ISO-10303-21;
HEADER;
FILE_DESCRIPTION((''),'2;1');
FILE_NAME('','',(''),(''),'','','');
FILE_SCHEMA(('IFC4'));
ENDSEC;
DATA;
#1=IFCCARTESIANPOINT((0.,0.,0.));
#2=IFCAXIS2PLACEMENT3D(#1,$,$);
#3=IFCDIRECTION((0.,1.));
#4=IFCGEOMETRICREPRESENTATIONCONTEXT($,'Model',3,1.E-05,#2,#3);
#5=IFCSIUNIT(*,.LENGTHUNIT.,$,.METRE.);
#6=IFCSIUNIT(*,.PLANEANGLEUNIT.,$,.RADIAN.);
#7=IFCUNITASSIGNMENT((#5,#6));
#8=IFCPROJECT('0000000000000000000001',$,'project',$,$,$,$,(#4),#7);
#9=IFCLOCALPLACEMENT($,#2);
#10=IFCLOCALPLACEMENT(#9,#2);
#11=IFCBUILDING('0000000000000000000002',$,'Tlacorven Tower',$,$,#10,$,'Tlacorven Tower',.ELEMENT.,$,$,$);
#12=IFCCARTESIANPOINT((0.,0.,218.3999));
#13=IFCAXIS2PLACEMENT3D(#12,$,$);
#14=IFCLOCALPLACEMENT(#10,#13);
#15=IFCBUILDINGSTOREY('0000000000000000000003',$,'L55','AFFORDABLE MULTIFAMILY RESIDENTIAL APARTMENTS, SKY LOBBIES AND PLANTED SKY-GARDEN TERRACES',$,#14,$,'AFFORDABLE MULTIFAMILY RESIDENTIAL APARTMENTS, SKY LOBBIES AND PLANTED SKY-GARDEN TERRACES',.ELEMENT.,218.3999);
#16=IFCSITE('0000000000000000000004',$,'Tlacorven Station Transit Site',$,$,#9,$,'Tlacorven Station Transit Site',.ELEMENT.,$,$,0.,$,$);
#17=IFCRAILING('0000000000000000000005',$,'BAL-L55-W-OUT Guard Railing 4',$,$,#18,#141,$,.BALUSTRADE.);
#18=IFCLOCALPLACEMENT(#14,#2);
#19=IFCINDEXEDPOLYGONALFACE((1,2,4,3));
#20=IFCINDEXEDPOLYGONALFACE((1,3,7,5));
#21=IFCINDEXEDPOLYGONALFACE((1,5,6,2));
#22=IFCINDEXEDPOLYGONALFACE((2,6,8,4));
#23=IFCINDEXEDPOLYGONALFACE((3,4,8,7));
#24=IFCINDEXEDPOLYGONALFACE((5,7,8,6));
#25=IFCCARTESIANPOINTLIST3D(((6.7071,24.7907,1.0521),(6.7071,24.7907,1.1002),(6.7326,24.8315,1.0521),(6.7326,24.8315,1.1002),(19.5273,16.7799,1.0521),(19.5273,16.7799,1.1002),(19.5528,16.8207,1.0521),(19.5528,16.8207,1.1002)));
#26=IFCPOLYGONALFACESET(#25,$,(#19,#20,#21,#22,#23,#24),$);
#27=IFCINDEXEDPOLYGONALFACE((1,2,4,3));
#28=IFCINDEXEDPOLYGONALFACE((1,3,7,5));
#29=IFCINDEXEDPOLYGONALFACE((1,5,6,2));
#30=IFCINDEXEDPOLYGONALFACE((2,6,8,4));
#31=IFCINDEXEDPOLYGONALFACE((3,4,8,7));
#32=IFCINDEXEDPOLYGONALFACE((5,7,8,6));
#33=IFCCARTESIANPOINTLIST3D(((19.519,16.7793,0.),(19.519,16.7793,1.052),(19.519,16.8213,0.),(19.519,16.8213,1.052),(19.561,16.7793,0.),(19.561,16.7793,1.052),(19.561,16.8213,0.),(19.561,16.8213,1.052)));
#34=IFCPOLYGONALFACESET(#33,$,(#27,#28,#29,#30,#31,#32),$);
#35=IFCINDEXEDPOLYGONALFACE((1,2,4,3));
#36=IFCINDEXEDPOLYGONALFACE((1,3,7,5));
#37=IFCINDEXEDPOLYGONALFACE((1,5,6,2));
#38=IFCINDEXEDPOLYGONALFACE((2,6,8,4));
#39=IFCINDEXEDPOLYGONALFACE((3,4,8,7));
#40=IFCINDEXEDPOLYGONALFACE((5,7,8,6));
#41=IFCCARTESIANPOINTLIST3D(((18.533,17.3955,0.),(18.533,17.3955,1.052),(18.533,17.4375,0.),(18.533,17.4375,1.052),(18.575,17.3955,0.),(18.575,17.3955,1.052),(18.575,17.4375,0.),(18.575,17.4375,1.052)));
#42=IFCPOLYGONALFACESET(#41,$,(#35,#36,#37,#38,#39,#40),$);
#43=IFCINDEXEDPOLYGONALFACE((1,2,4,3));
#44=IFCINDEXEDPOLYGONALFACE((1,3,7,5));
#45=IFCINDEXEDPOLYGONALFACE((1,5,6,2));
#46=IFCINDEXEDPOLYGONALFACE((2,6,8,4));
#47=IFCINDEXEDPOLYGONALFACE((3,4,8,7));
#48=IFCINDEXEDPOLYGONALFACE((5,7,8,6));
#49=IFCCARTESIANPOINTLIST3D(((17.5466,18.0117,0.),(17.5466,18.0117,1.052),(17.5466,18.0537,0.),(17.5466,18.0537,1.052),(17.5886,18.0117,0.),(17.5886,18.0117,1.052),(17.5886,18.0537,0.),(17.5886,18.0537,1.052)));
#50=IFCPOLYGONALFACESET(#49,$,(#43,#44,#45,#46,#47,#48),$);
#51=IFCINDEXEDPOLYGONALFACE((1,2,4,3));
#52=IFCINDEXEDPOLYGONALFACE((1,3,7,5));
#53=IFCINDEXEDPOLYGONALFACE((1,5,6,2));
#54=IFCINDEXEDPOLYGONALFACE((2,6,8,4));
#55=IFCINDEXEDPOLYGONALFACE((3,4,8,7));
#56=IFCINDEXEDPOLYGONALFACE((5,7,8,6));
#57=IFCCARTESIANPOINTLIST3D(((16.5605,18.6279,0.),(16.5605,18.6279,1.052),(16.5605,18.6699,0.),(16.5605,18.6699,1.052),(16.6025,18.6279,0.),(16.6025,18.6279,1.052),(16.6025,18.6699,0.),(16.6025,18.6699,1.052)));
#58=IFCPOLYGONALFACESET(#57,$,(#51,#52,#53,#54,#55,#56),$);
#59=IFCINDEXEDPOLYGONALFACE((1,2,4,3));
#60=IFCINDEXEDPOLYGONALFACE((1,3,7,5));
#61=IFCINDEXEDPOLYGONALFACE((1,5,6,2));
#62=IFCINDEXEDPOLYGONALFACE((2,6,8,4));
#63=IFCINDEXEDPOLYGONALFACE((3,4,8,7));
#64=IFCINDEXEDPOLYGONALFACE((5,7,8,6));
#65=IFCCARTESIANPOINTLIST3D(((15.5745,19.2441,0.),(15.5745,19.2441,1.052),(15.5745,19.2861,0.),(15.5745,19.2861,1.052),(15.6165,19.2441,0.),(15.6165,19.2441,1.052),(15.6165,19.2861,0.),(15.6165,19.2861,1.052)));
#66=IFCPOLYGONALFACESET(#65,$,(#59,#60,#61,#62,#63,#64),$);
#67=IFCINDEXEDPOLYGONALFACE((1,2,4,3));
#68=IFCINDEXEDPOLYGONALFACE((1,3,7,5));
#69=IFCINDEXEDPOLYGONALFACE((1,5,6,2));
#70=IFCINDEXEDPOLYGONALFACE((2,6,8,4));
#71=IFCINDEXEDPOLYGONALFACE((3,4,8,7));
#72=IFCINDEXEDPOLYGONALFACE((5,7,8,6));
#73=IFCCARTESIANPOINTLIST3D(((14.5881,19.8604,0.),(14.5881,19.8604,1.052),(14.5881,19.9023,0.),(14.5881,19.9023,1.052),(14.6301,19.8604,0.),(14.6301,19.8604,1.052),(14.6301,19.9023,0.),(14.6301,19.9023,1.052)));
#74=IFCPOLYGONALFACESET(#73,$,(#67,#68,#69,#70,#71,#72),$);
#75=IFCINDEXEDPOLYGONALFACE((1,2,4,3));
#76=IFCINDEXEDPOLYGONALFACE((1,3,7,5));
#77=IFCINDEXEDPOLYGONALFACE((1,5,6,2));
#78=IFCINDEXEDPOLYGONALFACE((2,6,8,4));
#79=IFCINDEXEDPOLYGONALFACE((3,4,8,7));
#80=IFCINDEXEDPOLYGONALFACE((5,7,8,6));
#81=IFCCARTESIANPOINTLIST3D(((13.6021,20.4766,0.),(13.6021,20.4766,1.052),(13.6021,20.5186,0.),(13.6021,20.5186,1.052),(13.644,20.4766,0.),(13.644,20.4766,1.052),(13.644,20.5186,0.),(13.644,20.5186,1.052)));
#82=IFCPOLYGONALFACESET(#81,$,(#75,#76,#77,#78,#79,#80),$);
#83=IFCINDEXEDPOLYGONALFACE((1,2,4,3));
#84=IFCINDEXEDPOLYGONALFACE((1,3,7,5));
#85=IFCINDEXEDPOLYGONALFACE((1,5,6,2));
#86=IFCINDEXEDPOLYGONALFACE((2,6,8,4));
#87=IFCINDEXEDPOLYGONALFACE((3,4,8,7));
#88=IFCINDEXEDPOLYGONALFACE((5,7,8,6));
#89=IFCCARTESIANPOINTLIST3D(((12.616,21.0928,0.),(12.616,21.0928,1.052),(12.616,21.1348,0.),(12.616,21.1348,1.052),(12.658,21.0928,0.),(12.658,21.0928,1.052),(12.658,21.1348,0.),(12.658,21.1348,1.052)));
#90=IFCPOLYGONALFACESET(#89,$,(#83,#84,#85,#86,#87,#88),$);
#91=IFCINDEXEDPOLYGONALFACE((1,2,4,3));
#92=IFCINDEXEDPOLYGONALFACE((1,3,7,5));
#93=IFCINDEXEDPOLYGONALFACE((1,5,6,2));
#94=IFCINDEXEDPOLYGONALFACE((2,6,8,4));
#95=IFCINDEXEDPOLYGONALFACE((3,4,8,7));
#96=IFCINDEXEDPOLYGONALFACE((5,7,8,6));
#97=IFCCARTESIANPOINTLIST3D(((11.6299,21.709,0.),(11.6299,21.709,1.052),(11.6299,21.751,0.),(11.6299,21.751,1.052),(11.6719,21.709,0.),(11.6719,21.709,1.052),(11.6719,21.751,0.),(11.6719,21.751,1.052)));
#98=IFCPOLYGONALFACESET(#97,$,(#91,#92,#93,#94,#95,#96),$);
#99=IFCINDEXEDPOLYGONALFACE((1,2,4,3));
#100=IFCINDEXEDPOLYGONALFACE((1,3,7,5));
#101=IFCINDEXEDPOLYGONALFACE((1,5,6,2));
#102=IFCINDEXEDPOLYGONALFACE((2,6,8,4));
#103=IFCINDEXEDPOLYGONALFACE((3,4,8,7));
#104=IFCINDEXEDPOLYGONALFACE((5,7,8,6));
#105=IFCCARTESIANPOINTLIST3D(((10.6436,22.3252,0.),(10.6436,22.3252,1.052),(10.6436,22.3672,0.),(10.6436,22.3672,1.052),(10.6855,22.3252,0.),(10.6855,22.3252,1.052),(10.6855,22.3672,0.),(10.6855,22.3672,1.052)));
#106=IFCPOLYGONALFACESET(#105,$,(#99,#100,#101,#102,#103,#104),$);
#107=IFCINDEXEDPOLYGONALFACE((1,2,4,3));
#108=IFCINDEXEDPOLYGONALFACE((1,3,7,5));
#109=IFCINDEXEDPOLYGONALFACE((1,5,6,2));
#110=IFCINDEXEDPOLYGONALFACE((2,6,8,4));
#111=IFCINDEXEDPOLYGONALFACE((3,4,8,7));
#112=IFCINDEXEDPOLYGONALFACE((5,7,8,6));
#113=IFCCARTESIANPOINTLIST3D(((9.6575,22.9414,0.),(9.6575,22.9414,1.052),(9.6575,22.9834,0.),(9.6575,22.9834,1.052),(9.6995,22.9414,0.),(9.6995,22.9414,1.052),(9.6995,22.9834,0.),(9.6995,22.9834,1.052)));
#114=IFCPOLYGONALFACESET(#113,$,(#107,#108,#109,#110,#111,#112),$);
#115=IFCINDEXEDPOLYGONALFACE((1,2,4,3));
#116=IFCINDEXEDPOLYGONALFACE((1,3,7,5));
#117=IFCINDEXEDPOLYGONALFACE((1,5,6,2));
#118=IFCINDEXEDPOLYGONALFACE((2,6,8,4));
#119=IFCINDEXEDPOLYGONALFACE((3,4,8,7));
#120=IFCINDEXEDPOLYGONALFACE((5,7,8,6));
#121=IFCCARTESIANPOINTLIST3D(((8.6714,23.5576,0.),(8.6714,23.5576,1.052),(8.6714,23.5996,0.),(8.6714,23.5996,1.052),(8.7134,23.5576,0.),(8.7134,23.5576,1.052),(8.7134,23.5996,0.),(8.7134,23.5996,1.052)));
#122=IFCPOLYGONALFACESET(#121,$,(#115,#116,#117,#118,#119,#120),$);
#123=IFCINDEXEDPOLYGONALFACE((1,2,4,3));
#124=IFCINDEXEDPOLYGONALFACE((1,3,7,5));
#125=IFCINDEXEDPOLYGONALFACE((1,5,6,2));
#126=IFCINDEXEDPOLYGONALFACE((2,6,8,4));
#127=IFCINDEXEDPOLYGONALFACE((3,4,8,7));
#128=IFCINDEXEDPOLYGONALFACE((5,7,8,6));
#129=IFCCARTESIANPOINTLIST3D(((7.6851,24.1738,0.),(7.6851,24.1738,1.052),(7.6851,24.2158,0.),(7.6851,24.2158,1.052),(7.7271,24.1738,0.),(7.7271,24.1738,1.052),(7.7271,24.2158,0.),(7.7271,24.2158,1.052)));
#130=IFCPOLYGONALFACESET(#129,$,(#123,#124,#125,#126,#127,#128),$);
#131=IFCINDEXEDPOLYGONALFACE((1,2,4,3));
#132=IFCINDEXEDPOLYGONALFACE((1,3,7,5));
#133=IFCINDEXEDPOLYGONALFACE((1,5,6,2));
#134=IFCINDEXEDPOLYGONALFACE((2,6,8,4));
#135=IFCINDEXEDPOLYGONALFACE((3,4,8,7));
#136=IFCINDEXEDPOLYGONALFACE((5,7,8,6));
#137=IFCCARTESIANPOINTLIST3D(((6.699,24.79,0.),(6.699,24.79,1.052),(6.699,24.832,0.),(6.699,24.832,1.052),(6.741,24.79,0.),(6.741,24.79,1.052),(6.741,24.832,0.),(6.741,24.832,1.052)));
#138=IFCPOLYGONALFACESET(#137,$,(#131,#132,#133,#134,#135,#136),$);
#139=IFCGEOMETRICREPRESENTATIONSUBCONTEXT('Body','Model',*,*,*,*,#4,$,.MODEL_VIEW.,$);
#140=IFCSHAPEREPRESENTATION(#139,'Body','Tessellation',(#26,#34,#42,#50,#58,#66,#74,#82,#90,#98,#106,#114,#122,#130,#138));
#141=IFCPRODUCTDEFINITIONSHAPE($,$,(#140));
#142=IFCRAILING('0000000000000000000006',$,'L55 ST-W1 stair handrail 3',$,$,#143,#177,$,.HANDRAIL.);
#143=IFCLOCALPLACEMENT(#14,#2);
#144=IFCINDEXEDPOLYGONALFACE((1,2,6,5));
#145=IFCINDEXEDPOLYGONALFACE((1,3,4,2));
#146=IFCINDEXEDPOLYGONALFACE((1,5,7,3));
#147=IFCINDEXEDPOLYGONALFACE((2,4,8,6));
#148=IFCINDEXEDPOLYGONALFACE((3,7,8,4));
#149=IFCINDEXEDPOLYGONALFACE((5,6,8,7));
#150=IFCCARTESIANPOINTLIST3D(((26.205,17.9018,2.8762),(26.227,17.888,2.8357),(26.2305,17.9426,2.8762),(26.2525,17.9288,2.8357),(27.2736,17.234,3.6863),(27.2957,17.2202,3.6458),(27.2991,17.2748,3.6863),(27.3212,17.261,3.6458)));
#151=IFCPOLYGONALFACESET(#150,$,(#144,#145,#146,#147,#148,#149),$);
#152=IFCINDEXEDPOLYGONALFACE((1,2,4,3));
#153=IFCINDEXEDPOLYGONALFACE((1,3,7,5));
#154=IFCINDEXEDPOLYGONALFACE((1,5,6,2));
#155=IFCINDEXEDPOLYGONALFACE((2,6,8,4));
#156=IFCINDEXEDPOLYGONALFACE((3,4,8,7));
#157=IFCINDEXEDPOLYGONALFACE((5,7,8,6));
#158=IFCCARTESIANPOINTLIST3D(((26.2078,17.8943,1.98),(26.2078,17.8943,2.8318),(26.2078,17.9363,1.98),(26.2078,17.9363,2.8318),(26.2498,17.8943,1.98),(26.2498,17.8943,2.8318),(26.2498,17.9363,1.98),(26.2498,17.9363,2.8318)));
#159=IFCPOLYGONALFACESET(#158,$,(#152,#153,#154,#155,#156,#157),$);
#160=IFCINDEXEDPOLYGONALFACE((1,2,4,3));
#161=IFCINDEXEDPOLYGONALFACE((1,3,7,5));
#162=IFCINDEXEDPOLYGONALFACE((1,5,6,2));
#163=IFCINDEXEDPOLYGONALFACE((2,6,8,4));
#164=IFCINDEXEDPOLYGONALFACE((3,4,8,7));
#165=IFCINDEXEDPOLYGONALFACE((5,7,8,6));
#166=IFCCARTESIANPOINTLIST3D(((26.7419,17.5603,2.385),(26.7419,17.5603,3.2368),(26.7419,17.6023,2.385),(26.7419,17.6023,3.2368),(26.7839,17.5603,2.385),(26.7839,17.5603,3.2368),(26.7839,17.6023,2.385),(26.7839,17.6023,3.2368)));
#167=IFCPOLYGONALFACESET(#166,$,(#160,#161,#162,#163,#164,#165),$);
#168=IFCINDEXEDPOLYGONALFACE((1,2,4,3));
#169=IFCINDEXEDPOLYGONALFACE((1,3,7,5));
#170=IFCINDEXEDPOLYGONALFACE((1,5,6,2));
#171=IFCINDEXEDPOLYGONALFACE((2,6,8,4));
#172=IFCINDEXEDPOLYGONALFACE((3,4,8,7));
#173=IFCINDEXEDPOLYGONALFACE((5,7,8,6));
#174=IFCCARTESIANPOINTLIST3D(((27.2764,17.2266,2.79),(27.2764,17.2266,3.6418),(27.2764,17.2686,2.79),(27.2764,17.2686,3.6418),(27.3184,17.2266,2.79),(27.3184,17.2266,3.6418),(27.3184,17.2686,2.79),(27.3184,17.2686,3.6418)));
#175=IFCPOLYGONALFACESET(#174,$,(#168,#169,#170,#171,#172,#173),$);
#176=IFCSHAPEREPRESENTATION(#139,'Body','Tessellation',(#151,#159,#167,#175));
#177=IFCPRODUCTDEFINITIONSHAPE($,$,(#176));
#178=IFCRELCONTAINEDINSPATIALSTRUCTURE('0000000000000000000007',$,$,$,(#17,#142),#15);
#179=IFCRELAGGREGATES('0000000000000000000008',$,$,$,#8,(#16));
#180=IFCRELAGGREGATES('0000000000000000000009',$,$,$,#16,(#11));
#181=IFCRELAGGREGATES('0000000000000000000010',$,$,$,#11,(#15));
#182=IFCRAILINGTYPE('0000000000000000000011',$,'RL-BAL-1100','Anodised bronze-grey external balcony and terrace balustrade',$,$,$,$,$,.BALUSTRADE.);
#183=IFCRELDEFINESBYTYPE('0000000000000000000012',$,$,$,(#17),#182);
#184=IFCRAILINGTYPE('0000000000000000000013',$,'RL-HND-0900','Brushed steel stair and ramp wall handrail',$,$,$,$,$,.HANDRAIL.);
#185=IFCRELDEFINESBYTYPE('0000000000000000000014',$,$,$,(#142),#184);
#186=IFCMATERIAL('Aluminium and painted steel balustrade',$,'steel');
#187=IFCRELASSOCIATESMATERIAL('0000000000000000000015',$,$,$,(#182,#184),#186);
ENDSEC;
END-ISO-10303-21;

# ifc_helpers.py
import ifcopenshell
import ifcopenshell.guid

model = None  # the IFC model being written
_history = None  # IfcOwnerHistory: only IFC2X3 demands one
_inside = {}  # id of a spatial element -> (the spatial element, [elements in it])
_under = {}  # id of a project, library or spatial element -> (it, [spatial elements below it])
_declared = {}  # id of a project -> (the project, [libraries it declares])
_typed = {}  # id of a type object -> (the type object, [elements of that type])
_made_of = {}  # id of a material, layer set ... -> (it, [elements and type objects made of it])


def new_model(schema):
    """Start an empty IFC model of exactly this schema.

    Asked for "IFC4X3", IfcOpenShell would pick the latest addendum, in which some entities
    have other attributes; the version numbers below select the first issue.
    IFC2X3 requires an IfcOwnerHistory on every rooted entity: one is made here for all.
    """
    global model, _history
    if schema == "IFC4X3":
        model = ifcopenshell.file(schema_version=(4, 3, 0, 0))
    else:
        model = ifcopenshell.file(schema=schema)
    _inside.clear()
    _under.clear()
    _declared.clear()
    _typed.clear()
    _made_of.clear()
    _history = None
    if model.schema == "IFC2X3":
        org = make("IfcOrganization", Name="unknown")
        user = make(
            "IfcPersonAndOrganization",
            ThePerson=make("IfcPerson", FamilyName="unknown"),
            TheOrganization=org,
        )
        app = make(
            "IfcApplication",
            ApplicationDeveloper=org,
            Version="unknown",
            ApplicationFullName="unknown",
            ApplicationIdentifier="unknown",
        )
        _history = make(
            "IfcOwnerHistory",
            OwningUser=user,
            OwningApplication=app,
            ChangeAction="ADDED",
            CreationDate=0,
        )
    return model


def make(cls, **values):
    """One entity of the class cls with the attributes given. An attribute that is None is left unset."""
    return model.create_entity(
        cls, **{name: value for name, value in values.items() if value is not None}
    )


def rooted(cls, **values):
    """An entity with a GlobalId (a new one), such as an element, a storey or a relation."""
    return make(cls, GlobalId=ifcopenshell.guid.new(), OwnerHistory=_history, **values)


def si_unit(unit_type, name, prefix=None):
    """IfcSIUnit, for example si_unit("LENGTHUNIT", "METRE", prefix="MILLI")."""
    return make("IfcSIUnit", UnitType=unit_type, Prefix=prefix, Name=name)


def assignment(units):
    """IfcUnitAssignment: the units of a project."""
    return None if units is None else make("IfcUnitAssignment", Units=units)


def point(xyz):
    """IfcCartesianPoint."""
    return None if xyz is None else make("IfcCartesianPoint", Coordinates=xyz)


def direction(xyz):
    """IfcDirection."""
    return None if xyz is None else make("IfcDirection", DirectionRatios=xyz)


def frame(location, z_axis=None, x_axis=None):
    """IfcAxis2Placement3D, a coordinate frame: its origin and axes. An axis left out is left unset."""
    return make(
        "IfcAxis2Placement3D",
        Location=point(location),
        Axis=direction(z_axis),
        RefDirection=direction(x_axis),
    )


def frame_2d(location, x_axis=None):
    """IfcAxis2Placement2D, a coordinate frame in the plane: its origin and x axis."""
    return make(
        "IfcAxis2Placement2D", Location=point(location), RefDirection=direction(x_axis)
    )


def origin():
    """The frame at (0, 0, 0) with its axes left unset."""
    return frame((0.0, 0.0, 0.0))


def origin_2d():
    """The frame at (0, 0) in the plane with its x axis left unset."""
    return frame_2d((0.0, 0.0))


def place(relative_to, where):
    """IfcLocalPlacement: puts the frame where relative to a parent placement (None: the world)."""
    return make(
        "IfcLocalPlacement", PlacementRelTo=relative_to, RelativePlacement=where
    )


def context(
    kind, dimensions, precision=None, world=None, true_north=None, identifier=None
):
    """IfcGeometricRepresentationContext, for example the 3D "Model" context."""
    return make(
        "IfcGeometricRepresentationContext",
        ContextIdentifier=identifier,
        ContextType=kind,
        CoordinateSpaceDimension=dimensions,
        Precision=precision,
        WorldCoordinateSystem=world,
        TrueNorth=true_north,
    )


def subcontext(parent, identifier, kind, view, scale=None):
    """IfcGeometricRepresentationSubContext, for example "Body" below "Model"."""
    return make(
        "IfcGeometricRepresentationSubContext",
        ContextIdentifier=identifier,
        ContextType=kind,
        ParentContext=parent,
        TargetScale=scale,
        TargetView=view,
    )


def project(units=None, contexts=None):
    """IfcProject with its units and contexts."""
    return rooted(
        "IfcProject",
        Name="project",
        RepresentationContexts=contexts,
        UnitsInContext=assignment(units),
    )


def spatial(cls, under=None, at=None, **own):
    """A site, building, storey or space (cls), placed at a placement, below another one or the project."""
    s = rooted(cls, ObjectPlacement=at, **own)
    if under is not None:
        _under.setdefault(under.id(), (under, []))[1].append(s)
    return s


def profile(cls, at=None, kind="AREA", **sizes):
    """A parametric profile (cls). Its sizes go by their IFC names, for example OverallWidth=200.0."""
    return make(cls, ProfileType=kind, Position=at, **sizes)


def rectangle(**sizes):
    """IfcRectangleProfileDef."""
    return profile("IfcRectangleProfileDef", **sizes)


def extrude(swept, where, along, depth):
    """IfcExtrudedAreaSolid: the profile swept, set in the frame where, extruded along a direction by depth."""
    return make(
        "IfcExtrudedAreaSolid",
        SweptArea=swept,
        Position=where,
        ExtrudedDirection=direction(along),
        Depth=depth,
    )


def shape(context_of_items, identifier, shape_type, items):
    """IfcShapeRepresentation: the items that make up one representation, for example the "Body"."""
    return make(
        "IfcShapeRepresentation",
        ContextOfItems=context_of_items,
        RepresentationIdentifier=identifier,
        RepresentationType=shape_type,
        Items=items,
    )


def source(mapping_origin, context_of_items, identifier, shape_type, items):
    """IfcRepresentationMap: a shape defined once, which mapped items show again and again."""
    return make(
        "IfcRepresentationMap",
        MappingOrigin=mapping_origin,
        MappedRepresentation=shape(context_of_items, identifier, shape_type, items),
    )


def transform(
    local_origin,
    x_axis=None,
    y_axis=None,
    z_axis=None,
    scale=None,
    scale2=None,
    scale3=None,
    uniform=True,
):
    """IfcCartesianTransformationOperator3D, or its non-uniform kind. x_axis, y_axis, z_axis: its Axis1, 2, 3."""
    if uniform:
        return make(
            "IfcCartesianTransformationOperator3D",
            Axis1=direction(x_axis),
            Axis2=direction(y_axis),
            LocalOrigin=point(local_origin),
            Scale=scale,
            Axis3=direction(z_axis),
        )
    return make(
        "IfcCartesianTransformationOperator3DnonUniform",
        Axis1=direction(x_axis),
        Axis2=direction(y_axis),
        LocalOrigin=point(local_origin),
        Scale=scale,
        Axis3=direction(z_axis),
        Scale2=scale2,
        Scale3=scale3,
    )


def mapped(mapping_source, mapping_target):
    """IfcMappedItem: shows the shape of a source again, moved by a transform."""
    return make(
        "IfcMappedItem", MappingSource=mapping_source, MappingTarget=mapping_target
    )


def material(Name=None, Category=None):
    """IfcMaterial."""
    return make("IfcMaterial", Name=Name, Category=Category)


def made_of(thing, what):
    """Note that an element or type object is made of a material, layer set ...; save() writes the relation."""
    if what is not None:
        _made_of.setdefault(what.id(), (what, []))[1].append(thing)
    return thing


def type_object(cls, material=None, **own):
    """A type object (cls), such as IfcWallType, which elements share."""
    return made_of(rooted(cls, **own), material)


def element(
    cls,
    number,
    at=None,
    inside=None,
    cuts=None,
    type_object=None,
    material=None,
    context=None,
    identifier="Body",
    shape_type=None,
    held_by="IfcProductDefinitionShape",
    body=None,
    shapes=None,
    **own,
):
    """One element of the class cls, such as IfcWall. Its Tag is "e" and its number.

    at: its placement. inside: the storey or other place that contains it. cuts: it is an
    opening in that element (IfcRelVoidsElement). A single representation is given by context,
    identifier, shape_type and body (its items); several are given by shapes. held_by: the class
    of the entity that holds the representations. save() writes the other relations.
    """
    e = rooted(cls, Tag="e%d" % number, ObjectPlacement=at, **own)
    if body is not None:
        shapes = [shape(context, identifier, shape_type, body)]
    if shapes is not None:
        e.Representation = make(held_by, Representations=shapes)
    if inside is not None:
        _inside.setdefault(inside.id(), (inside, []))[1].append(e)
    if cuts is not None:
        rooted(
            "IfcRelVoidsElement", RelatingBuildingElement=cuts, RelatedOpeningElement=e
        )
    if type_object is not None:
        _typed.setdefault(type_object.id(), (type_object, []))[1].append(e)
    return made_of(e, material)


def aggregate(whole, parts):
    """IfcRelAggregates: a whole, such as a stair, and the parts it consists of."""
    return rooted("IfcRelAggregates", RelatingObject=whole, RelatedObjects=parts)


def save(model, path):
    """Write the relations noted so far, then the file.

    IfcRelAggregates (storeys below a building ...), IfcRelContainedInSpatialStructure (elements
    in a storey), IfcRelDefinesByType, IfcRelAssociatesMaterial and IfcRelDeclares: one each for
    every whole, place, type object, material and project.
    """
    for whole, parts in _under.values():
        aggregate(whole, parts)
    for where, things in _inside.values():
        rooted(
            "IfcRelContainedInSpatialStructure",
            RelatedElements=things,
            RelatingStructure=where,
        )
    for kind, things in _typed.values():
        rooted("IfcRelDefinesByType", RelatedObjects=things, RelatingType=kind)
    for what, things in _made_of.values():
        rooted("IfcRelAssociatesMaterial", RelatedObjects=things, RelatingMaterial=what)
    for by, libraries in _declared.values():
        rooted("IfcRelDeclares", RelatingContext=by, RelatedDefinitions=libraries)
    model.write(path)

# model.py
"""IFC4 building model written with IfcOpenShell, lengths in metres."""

from ifc_helpers import new_model, si_unit, direction, frame, origin, origin_2d, place, context, subcontext, project, spatial, rectangle, extrude, source, transform, mapped, material, type_object, element, save


model = new_model("IFC4")

# Units and contexts
model_context = context("Model", 3, precision=1e-05, world=origin(), true_north=direction((0.0, 1.0)))
body_context = subcontext(model_context, "Body", "Model", "MODEL_VIEW")
ifc_project = project(units=[si_unit("LENGTHUNIT", "METRE"), si_unit("PLANEANGLEUNIT", "RADIAN")], contexts=[model_context])

# Site, building, storey
site_placement = place(None, origin())
site = spatial("IfcSite", under=ifc_project, at=site_placement, Name="Tlacorven Station Transit Site", LongName="Tlacorven Station Transit Site", CompositionType="ELEMENT", RefElevation=0.0)
building_placement = place(site_placement, origin())
building = spatial("IfcBuilding", under=site, at=building_placement, Name="Tlacorven Tower", LongName="Tlacorven Tower", CompositionType="ELEMENT")
storey_placement = place(building_placement, frame((0.0, 0.0, 218.3999)))
storey = spatial("IfcBuildingStorey", under=building, at=storey_placement, Name="L55", Description="AFFORDABLE MULTIFAMILY RESIDENTIAL APARTMENTS, SKY LOBBIES AND PLANTED SKY-GARDEN TERRACES", LongName="AFFORDABLE MULTIFAMILY RESIDENTIAL APARTMENTS, SKY LOBBIES AND PLANTED SKY-GARDEN TERRACES", CompositionType="ELEMENT", Elevation=218.3999)

# Railings
ifc_material_1 = material(Name="Aluminium and painted steel balustrade", Category="steel")
railing_type_1 = type_object("IfcRailingType", Name="RL-BAL-1100", Description="Anodised bronze-grey external balcony and terrace balustrade", PredefinedType="BALUSTRADE", material=ifc_material_1)
shared_shape_1 = source(origin(), body_context, "Body", "SweptSolid", [
    extrude(rectangle(XDim=0.0481, YDim=0.0481, at=origin_2d()), frame((0.0, 0.0, 1.0762), z_axis=(-0.848052, 0.529913, 0.0), x_axis=(-0.529913, -0.848052, 0.0)), (0.0, 0.0, 1.0), 15.1172),
    extrude(rectangle(XDim=0.042, YDim=0.042, at=origin_2d()), origin(), (0.0, 0.0, 1.0), 1.052),
    extrude(rectangle(XDim=0.042, YDim=0.042, at=origin_2d()), frame((-0.9861, 0.6162, 0.0)), (0.0, 0.0, 1.0), 1.052),
    extrude(rectangle(XDim=0.042, YDim=0.042, at=origin_2d()), frame((-1.9724, 1.2324, 0.0)), (0.0, 0.0, 1.0), 1.052),
    extrude(rectangle(XDim=0.042, YDim=0.042, at=origin_2d()), frame((-2.9585, 1.8486, 0.0)), (0.0, 0.0, 1.0), 1.052),
    extrude(rectangle(XDim=0.042, YDim=0.042, at=origin_2d()), frame((-3.9446, 2.4648, 0.0)), (0.0, 0.0, 1.0), 1.052),
    extrude(rectangle(XDim=0.042, YDim=0.042, at=origin_2d()), frame((-4.9309, 3.0811, 0.0)), (0.0, 0.0, 1.0), 1.052),
    extrude(rectangle(XDim=0.042, YDim=0.042, at=origin_2d()), frame((-5.917, 3.6973, 0.0)), (0.0, 0.0, 1.0), 1.052),
    extrude(rectangle(XDim=0.042, YDim=0.042, at=origin_2d()), frame((-6.9031, 4.3135, 0.0)), (0.0, 0.0, 1.0), 1.052),
    extrude(rectangle(XDim=0.042, YDim=0.042, at=origin_2d()), frame((-7.8892, 4.9297, 0.0)), (0.0, 0.0, 1.0), 1.052),
    extrude(rectangle(XDim=0.042, YDim=0.042, at=origin_2d()), frame((-8.8755, 5.5459, 0.0)), (0.0, 0.0, 1.0), 1.052),
    extrude(rectangle(XDim=0.042, YDim=0.042, at=origin_2d()), frame((-9.8616, 6.1621, 0.0)), (0.0, 0.0, 1.0), 1.052),
    extrude(rectangle(XDim=0.042, YDim=0.042, at=origin_2d()), frame((-10.8477, 6.7783, 0.0)), (0.0, 0.0, 1.0), 1.052),
    extrude(rectangle(XDim=0.042, YDim=0.042, at=origin_2d()), frame((-11.834, 7.3945, 0.0)), (0.0, 0.0, 1.0), 1.052),
    extrude(rectangle(XDim=0.042, YDim=0.042, at=origin_2d()), frame((-12.8201, 8.0107, 0.0)), (0.0, 0.0, 1.0), 1.052),
])
railing_1_placement = place(storey_placement, frame((19.54, 16.8003, 0.0)))
element("IfcRailing", 1, at=railing_1_placement, inside=storey, type_object=railing_type_1, Name="BAL-L55-W-OUT Guard Railing 4", PredefinedType="BALUSTRADE", context=body_context, shape_type="MappedRepresentation", body=[
    mapped(shared_shape_1, transform((0.0, 0.0, 0.0), scale=1.0)),
])
railing_type_2 = type_object("IfcRailingType", Name="RL-HND-0900", Description="Brushed steel stair and ramp wall handrail", PredefinedType="HANDRAIL", material=ifc_material_1)
shared_shape_2 = source(origin(), body_context, "Body", "SweptSolid", [
    extrude(rectangle(XDim=0.0481, YDim=0.0481, at=origin_2d()), frame((0.0, 0.0, 0.876), z_axis=(0.71336, -0.445748, 0.540765), x_axis=(0.529912, 0.848053, 0.0)), (0.0, 0.0, 1.0), 1.498),
    extrude(rectangle(XDim=0.042, YDim=0.042, at=origin_2d()), origin(), (0.0, 0.0, 1.0), 0.8518),
    extrude(rectangle(XDim=0.042, YDim=0.042, at=origin_2d()), frame((0.5342, -0.334, 0.405)), (0.0, 0.0, 1.0), 0.8518),
    extrude(rectangle(XDim=0.042, YDim=0.042, at=origin_2d()), frame((1.0686, -0.6677, 0.8101)), (0.0, 0.0, 1.0), 0.8518),
])
railing_2_placement = place(storey_placement, frame((26.2288, 17.9153, 1.98)))
element("IfcRailing", 2, at=railing_2_placement, inside=storey, type_object=railing_type_2, Name="L55 ST-W1 stair handrail 3", PredefinedType="HANDRAIL", context=body_context, shape_type="MappedRepresentation", body=[
    mapped(shared_shape_2, transform((0.0, 0.0, 0.0), scale=1.0)),
])

save(model, "model.ifc")
